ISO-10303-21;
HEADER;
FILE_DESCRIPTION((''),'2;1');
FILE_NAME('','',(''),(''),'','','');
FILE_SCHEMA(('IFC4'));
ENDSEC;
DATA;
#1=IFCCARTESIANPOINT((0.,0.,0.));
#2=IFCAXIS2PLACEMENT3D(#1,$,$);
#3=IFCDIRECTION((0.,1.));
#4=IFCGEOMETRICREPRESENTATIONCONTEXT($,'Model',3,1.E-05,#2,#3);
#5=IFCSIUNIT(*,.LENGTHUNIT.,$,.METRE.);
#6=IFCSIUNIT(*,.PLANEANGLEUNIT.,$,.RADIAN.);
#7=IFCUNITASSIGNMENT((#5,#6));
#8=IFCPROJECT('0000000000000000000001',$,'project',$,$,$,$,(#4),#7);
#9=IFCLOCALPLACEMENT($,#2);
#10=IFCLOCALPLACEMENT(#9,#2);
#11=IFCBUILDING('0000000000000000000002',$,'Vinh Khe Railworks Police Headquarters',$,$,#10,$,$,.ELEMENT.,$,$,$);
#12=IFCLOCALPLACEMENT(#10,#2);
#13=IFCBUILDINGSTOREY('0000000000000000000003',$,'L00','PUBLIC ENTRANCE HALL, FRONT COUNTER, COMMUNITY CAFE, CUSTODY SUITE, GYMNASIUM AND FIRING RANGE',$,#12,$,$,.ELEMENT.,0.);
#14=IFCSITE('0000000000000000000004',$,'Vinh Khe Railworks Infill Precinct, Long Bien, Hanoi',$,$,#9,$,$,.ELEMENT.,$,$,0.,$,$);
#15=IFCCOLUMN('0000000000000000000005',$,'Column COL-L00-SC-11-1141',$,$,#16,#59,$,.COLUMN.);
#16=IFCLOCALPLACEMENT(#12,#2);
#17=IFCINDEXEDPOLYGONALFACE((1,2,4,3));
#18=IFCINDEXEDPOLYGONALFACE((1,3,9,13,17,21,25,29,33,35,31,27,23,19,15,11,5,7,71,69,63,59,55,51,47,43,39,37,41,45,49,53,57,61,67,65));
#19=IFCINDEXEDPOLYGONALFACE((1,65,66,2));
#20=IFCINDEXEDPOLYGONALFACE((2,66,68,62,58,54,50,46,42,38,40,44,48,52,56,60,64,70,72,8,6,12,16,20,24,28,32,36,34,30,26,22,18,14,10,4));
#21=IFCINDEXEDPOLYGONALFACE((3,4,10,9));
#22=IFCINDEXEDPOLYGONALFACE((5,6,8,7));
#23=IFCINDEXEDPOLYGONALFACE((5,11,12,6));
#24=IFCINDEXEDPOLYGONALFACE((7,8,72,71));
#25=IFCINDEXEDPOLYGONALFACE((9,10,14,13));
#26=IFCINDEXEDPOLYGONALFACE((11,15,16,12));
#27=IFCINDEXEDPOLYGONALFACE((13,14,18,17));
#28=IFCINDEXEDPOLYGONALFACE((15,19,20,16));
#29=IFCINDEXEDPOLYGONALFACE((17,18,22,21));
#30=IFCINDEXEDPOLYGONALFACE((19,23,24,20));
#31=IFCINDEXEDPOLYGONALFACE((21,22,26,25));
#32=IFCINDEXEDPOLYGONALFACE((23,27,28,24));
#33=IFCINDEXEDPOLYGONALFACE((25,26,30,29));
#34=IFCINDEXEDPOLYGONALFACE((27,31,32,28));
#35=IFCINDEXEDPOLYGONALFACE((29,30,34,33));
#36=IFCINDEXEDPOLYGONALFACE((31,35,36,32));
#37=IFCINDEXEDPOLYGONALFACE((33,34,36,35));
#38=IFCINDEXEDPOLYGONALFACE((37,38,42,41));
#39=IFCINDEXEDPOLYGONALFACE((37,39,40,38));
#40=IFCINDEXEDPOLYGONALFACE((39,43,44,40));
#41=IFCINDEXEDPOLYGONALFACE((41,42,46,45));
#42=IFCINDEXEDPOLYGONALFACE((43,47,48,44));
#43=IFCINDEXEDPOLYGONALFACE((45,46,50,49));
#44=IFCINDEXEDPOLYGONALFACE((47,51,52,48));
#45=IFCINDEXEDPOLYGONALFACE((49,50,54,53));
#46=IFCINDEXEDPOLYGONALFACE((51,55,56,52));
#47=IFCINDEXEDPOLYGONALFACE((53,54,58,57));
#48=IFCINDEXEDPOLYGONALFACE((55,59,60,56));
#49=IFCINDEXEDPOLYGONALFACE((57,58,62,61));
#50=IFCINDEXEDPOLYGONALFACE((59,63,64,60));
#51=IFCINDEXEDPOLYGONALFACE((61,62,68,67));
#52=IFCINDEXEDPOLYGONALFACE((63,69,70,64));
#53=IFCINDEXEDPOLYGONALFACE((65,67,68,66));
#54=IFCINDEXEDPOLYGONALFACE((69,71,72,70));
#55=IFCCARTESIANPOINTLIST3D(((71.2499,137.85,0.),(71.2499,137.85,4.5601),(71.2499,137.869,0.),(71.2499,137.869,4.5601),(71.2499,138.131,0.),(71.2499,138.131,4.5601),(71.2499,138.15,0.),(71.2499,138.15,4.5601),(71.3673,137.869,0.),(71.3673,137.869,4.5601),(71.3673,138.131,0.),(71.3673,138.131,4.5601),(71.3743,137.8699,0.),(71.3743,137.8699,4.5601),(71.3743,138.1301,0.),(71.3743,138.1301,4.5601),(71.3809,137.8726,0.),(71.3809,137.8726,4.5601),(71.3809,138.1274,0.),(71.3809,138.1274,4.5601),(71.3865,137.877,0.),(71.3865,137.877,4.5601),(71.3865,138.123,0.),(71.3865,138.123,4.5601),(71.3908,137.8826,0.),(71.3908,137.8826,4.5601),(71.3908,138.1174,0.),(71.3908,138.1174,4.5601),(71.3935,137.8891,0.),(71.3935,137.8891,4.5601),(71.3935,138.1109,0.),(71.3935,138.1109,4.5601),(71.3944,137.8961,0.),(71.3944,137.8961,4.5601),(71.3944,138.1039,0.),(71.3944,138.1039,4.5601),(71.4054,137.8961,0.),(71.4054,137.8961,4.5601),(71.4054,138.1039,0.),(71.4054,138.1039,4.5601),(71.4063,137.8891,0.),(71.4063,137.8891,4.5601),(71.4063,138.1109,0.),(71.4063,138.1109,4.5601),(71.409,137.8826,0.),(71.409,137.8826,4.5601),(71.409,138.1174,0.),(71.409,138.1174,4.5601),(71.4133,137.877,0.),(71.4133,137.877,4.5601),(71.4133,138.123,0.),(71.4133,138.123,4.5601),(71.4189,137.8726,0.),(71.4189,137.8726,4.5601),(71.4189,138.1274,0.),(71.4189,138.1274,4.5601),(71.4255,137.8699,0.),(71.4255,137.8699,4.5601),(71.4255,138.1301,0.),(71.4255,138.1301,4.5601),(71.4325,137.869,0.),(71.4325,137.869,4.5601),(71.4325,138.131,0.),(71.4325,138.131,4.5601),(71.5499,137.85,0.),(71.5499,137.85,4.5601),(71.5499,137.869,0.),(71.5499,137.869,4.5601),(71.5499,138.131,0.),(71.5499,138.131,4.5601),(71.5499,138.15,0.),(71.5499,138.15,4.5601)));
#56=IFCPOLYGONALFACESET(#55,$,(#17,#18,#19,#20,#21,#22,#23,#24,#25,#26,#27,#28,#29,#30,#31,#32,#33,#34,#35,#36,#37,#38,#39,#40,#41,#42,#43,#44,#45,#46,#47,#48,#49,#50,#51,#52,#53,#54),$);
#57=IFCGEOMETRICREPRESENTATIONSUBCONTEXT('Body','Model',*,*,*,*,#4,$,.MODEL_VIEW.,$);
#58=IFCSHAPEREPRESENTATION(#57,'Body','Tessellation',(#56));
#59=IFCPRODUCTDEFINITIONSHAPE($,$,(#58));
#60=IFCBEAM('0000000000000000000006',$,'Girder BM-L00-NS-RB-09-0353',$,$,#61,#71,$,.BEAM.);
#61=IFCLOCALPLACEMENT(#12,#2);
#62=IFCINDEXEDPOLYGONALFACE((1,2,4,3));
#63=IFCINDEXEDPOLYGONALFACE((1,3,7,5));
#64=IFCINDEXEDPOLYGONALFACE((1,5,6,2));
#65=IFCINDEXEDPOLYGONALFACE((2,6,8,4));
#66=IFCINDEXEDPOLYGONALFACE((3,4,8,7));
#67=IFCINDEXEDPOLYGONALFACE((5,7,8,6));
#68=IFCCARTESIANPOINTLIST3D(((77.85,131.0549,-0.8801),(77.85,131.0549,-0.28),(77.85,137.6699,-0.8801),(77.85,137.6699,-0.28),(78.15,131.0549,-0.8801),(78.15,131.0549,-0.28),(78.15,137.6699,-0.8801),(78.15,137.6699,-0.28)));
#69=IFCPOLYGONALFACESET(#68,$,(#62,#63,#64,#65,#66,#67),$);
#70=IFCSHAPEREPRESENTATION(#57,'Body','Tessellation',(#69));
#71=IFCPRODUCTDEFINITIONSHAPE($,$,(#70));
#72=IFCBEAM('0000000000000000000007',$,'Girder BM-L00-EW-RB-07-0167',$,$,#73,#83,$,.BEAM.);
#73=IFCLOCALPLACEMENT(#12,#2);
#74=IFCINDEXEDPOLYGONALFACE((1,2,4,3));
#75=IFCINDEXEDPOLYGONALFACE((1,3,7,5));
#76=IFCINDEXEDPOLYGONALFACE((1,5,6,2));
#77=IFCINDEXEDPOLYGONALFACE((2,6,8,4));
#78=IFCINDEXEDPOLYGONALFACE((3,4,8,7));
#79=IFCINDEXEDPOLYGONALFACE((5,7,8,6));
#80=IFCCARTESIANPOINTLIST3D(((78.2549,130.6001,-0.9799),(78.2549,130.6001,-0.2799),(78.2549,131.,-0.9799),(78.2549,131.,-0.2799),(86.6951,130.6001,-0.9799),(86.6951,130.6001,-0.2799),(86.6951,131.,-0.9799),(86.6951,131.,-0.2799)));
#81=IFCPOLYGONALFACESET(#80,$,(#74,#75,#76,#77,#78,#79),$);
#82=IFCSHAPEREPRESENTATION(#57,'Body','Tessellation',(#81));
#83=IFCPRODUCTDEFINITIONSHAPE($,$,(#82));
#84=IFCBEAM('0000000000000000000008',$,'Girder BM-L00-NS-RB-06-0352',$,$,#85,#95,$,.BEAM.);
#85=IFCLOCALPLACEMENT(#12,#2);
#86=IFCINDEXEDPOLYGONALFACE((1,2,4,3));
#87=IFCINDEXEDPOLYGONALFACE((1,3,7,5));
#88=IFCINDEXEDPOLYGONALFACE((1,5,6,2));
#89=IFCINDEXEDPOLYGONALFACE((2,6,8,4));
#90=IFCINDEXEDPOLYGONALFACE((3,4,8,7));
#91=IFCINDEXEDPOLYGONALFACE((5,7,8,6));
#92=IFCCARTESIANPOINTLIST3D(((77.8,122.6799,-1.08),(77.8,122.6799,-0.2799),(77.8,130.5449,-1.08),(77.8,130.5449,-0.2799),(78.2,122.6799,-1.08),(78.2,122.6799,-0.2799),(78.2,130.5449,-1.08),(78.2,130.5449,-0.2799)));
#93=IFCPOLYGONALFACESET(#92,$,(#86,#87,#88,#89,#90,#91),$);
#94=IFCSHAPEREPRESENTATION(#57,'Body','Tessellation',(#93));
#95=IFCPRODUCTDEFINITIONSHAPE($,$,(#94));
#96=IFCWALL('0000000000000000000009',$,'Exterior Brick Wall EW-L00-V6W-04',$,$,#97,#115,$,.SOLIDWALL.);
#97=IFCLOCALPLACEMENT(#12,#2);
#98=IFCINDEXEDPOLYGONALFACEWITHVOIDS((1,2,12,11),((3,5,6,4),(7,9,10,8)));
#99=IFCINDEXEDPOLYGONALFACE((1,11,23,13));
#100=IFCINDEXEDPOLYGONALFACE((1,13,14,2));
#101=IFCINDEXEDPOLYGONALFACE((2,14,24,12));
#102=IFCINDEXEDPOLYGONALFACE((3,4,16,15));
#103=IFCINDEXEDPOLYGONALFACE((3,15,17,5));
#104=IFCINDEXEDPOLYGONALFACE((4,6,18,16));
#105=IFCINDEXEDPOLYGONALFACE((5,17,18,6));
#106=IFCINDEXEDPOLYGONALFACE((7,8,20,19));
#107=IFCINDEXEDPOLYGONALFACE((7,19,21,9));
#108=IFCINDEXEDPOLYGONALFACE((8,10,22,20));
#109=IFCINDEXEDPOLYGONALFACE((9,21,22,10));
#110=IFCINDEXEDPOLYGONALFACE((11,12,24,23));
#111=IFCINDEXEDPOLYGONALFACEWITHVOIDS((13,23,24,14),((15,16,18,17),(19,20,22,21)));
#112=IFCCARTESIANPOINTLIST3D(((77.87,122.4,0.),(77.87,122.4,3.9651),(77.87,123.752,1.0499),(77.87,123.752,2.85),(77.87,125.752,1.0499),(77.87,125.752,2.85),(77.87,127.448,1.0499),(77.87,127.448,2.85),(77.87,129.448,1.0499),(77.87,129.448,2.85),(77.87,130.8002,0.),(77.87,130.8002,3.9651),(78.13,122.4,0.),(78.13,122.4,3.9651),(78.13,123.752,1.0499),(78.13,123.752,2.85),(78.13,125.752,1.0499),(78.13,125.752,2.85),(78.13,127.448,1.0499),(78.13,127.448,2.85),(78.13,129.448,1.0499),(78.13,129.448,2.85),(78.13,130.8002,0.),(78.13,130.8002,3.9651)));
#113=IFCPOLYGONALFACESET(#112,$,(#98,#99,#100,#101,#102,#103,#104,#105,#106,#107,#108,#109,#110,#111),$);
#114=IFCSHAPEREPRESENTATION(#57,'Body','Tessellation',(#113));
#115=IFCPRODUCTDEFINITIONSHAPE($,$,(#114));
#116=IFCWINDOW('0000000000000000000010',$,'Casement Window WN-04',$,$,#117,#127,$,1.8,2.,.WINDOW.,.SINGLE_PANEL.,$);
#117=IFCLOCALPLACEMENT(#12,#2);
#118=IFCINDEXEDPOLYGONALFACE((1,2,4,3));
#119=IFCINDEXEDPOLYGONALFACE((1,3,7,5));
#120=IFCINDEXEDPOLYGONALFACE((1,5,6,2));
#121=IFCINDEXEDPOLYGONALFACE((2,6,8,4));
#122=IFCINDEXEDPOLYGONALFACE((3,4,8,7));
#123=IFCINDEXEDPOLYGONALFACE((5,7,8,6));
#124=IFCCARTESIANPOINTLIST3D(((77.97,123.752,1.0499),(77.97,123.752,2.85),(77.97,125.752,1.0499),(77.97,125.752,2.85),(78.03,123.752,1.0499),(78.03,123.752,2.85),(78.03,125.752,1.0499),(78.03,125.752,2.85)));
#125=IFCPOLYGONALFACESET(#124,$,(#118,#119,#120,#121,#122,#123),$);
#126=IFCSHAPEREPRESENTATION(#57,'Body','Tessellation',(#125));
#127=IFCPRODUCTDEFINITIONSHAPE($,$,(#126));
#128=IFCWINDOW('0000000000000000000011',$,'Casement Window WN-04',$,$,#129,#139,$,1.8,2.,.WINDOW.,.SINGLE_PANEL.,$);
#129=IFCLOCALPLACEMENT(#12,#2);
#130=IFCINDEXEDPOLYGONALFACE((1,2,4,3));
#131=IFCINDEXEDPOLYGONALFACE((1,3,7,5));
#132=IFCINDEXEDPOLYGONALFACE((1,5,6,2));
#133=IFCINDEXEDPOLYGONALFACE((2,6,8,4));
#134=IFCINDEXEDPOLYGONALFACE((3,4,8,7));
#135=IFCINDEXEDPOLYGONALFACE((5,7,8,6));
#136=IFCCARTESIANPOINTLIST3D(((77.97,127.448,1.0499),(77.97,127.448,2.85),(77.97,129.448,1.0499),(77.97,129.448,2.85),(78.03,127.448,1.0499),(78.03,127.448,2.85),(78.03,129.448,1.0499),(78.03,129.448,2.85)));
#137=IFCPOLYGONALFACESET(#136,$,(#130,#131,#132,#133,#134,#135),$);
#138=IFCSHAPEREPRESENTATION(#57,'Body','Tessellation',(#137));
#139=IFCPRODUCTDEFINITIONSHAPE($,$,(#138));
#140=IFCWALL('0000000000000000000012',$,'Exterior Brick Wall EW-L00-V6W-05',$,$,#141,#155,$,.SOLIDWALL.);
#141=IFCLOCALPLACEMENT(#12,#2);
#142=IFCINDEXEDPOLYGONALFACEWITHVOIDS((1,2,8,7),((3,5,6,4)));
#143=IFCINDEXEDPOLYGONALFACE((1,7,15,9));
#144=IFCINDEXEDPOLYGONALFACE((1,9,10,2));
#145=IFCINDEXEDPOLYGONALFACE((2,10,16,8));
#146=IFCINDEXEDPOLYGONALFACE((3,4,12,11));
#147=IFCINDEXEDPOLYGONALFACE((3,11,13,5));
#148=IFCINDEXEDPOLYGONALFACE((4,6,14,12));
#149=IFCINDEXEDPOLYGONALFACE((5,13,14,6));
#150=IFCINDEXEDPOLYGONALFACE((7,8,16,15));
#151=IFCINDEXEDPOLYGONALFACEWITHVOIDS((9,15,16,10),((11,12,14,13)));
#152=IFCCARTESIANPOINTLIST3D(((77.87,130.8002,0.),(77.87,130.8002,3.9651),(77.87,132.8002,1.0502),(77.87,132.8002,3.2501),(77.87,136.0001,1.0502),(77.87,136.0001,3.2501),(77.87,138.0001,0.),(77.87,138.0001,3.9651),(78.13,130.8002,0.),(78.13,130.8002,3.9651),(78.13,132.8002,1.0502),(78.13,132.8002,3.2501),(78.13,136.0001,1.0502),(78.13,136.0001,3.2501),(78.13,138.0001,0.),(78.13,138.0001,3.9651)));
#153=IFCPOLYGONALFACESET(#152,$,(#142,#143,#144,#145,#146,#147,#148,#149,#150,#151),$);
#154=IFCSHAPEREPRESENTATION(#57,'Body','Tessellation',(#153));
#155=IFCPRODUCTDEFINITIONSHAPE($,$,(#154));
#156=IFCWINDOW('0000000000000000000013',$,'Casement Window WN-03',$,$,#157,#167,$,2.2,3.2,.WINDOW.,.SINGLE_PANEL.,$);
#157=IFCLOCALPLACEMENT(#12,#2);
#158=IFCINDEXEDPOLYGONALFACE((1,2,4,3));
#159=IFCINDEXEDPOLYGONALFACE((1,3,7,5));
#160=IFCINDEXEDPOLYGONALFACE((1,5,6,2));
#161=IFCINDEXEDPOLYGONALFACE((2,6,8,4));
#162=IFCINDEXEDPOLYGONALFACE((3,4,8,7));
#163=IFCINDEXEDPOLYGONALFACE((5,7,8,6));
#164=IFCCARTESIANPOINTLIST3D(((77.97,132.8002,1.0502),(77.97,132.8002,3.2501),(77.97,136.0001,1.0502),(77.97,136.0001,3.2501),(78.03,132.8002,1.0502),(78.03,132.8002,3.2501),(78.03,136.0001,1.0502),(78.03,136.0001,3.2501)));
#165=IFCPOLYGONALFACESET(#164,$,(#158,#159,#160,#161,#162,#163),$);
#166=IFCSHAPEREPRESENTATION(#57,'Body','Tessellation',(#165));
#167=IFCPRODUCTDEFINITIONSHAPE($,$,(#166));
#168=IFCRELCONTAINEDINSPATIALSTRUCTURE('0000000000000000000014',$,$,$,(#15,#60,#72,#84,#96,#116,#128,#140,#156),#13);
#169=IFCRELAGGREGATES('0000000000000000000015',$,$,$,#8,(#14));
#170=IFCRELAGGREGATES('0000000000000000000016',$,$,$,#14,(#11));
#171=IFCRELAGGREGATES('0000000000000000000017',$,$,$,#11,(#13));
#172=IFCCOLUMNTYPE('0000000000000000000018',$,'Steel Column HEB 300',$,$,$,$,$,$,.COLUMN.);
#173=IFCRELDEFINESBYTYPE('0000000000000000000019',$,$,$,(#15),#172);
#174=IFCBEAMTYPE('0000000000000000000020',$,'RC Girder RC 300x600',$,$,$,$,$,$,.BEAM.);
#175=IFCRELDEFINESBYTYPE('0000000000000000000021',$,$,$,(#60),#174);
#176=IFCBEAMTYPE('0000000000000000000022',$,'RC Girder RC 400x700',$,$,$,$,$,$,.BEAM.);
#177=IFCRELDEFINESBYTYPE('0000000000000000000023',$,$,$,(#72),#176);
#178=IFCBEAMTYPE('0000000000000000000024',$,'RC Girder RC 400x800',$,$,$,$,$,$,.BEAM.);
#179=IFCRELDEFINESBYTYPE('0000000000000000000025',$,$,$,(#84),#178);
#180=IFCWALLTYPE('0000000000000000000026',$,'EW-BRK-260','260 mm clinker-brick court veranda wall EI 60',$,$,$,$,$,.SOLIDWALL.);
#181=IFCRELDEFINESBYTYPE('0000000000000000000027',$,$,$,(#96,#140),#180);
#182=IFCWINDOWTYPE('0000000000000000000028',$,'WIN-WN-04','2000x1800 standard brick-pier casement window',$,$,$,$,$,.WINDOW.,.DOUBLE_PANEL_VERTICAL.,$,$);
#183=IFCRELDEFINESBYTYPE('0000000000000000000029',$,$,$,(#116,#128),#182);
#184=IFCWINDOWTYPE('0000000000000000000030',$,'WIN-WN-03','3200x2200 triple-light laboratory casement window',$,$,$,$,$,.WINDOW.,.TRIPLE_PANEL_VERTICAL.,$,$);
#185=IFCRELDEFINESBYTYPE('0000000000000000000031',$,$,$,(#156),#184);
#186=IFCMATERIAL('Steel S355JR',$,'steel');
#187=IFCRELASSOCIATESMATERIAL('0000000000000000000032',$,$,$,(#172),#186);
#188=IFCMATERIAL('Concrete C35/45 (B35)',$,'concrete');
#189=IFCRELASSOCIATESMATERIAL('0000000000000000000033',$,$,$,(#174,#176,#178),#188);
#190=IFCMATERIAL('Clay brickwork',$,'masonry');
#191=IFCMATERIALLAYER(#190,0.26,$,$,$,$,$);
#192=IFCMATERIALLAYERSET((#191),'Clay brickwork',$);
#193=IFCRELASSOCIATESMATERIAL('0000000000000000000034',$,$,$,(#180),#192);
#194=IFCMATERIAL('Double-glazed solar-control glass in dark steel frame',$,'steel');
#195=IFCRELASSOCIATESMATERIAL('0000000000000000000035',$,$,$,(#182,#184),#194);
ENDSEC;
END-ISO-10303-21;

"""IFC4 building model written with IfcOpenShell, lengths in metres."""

from ifc_helpers import new_model, si_unit, direction, frame, frame_2d, origin, origin_2d, place, context, subcontext, project, spatial, rectangle, i_section, extrude, material, layer, layer_set, material_profile, profile_set, type_object, element, fill, save


model = new_model("IFC4")

# Units and contexts
model_context = context("Model", 3, precision=1e-05, world=origin(), true_north=direction((0.0, 1.0)))
body_context = subcontext(model_context, "Body", "Model", "MODEL_VIEW")
ifc_project = project(units=[si_unit("LENGTHUNIT", "METRE"), si_unit("PLANEANGLEUNIT", "RADIAN")], contexts=[model_context])

# Site, building, storey
site_placement = place(None, origin())
site = spatial("IfcSite", under=ifc_project, at=site_placement, Name="Vinh Khe Railworks Infill Precinct, Long Bien, Hanoi", CompositionType="ELEMENT", RefElevation=0.0)
building_placement = place(site_placement, origin())
building = spatial("IfcBuilding", under=site, at=building_placement, Name="Vinh Khe Railworks Police Headquarters", CompositionType="ELEMENT")
storey_placement = place(building_placement, origin())
storey = spatial("IfcBuildingStorey", under=building, at=storey_placement, Name="L00", Description="PUBLIC ENTRANCE HALL, FRONT COUNTER, COMMUNITY CAFE, CUSTODY SUITE, GYMNASIUM AND FIRING RANGE", CompositionType="ELEMENT", Elevation=0.0)

# Shared definitions
ifc_material_1 = material(Name="Concrete C35/45 (B35)", Category="concrete")

# Column
ifc_material_2 = material(Name="Steel S355JR", Category="steel")
ifc_material_profile_1 = material_profile(ifc_material_2, i_section(OverallWidth=0.3, OverallDepth=0.3, WebThickness=0.011, FlangeThickness=0.019, FilletRadius=0.0271, at=origin_2d()), Name="HEB 300")
ifc_profile_set_1 = profile_set([ifc_material_profile_1], Name="Steel S355JR")
column_type_1 = type_object("IfcColumnType", Name="Steel Column HEB 300", PredefinedType="COLUMN", material=ifc_profile_set_1)
column_1_placement = place(storey_placement, frame((71.3999, 138.0, 0.0), z_axis=(0.0, 0.0, 1.0), x_axis=(1.0, 0.0, 0.0)))
element("IfcColumn", 1, at=column_1_placement, inside=storey, type_object=column_type_1, Name="Column COL-L00-SC-11-1141", PredefinedType="COLUMN", context=body_context, shape_type="SweptSolid", body=[
    extrude(i_section(OverallWidth=0.3, OverallDepth=0.3, WebThickness=0.011, FlangeThickness=0.019, FilletRadius=0.0271, at=origin_2d()), origin(), (0.0, 0.0, 1.0), 4.5601),
])

# Beams
ifc_material_profile_2 = material_profile(ifc_material_1, rectangle(XDim=0.3, YDim=0.6001, at=origin_2d()), Name="RC 300x600")
ifc_profile_set_2 = profile_set([ifc_material_profile_2], Name="Concrete C35/45 (B35)")
beam_type_1 = type_object("IfcBeamType", Name="RC Girder RC 300x600", PredefinedType="BEAM", material=ifc_profile_set_2)
beam_1_placement = place(storey_placement, frame((78.0, 131.0549, -0.5801), z_axis=(0.0, 1.0, 0.0), x_axis=(-1.0, 0.0, 0.0)))
element("IfcBeam", 2, at=beam_1_placement, inside=storey, type_object=beam_type_1, Name="Girder BM-L00-NS-RB-09-0353", PredefinedType="BEAM", context=body_context, shape_type="SweptSolid", body=[
    extrude(rectangle(XDim=0.3, YDim=0.6001, at=origin_2d()), origin(), (0.0, 0.0, 1.0), 6.615),
])
ifc_material_profile_3 = material_profile(ifc_material_1, rectangle(XDim=0.3999, YDim=0.7, at=origin_2d()), Name="RC 400x700")
ifc_profile_set_3 = profile_set([ifc_material_profile_3], Name="Concrete C35/45 (B35)")
beam_type_2 = type_object("IfcBeamType", Name="RC Girder RC 400x700", PredefinedType="BEAM", material=ifc_profile_set_3)
beam_2_placement = place(storey_placement, frame((78.2549, 130.8, -0.6299), z_axis=(1.0, 0.0, 0.0), x_axis=(0.0, 1.0, 0.0)))
element("IfcBeam", 3, at=beam_2_placement, inside=storey, type_object=beam_type_2, Name="Girder BM-L00-EW-RB-07-0167", PredefinedType="BEAM", context=body_context, shape_type="SweptSolid", body=[
    extrude(rectangle(XDim=0.3999, YDim=0.7, at=origin_2d()), origin(), (0.0, 0.0, 1.0), 8.4402),
])
ifc_material_profile_4 = material_profile(ifc_material_1, rectangle(XDim=0.3999, YDim=0.8, at=origin_2d()), Name="RC 400x800")
ifc_profile_set_4 = profile_set([ifc_material_profile_4], Name="Concrete C35/45 (B35)")
beam_type_3 = type_object("IfcBeamType", Name="RC Girder RC 400x800", PredefinedType="BEAM", material=ifc_profile_set_4)
beam_3_placement = place(storey_placement, frame((78.0, 122.6799, -0.6799), z_axis=(0.0, 1.0, 0.0), x_axis=(-1.0, 0.0, 0.0)))
element("IfcBeam", 4, at=beam_3_placement, inside=storey, type_object=beam_type_3, Name="Girder BM-L00-NS-RB-06-0352", PredefinedType="BEAM", context=body_context, shape_type="SweptSolid", body=[
    extrude(rectangle(XDim=0.3999, YDim=0.8, at=origin_2d()), origin(), (0.0, 0.0, 1.0), 7.865),
])

# Wall, openings, windows
ifc_material_3 = material(Name="Clay brickwork", Category="masonry")
ifc_layer_1 = layer(ifc_material_3, 0.26)
ifc_layer_set_1 = layer_set([ifc_layer_1], Name="Clay brickwork")
wall_type_1 = type_object("IfcWallType", Name="EW-BRK-260", Description="260 mm clinker-brick court veranda wall EI 60", PredefinedType="SOLIDWALL", material=ifc_layer_set_1)
wall_1_placement = place(storey_placement, frame((78.0, 122.3999, 0.0), z_axis=(0.0, 0.0, 1.0), x_axis=(0.0, 1.0, 0.0)))
wall_1 = element("IfcWall", 5, at=wall_1_placement, inside=storey, type_object=wall_type_1, Name="Exterior Brick Wall EW-L00-V6W-04", PredefinedType="SOLIDWALL", context=body_context, shape_type="SweptSolid", body=[
    extrude(rectangle(XDim=8.4001, YDim=0.26, at=frame_2d((4.2002, 0.0))), origin(), (0.0, 0.0, 1.0), 3.9651),
])
opening_1_placement = place(wall_1_placement, frame((1.3521, 0.0, 1.05)))
opening_1 = element("IfcOpeningElement", 6, at=opening_1_placement, cuts=wall_1, PredefinedType="OPENING", context=body_context, shape_type="SweptSolid", body=[
    extrude(rectangle(XDim=2.0, YDim=1.8, at=frame_2d((1.0, 0.8999))), frame((0.0, 0.145, 0.0), z_axis=(0.0, -1.0, 0.0), x_axis=(1.0, 0.0, 0.0)), (0.0, 0.0, 1.0), 0.2898),
])
opening_2_placement = place(wall_1_placement, frame((5.0481, 0.0, 1.05)))
opening_2 = element("IfcOpeningElement", 7, at=opening_2_placement, cuts=wall_1, PredefinedType="OPENING", context=body_context, shape_type="SweptSolid", body=[
    extrude(rectangle(XDim=2.0, YDim=1.8, at=frame_2d((1.0, 0.8999))), frame((0.0, 0.145, 0.0), z_axis=(0.0, -1.0, 0.0), x_axis=(1.0, 0.0, 0.0)), (0.0, 0.0, 1.0), 0.2898),
])
ifc_material_4 = material(Name="Double-glazed solar-control glass in dark steel frame", Category="steel")
window_type_1 = type_object("IfcWindowType", Name="WIN-WN-04", Description="2000x1800 standard brick-pier casement window", PartitioningType="DOUBLE_PANEL_VERTICAL", PredefinedType="WINDOW", material=ifc_material_4)
window_1_placement = place(opening_1_placement, origin())
window_1 = element("IfcWindow", 8, at=window_1_placement, inside=storey, type_object=window_type_1, Name="Casement Window WN-04", OverallHeight=1.8, OverallWidth=2.0, PartitioningType="SINGLE_PANEL", PredefinedType="WINDOW", context=body_context, shape_type="SweptSolid", body=[
    extrude(rectangle(XDim=2.0, YDim=1.8, at=frame_2d((1.0, 0.8999))), frame((0.0, 0.03, 0.0), z_axis=(0.0, -1.0, 0.0), x_axis=(1.0, 0.0, 0.0)), (0.0, 0.0, 1.0), 0.0601),
])
fill(opening_1, window_1)
window_2_placement = place(opening_2_placement, origin())
window_2 = element("IfcWindow", 9, at=window_2_placement, inside=storey, type_object=window_type_1, Name="Casement Window WN-04", OverallHeight=1.8, OverallWidth=2.0, PartitioningType="SINGLE_PANEL", PredefinedType="WINDOW", context=body_context, shape_type="SweptSolid", body=[
    extrude(rectangle(XDim=2.0, YDim=1.8, at=frame_2d((1.0, 0.8999))), frame((0.0, 0.03, 0.0), z_axis=(0.0, -1.0, 0.0), x_axis=(1.0, 0.0, 0.0)), (0.0, 0.0, 1.0), 0.0601),
])
fill(opening_2, window_2)

# Wall, opening, window
wall_2_placement = place(storey_placement, frame((78.0, 130.8, 0.0), z_axis=(0.0, 0.0, 1.0), x_axis=(0.0, 1.0, 0.0)))
wall_2 = element("IfcWall", 10, at=wall_2_placement, inside=storey, type_object=wall_type_1, Name="Exterior Brick Wall EW-L00-V6W-05", PredefinedType="SOLIDWALL", context=body_context, shape_type="SweptSolid", body=[
    extrude(rectangle(XDim=7.2, YDim=0.26, at=frame_2d((3.6001, 0.0))), origin(), (0.0, 0.0, 1.0), 3.9651),
])
opening_3_placement = place(wall_2_placement, frame((2.0, 0.0, 1.05)))
opening_3 = element("IfcOpeningElement", 11, at=opening_3_placement, cuts=wall_2, PredefinedType="OPENING", context=body_context, shape_type="SweptSolid", body=[
    extrude(rectangle(XDim=3.2, YDim=2.2, at=frame_2d((1.6001, 1.1001))), frame((0.0, 0.145, 0.0), z_axis=(0.0, -1.0, 0.0), x_axis=(1.0, 0.0, 0.0)), (0.0, 0.0, 1.0), 0.2898),
])
window_type_2 = type_object("IfcWindowType", Name="WIN-WN-03", Description="3200x2200 triple-light laboratory casement window", PartitioningType="TRIPLE_PANEL_VERTICAL", PredefinedType="WINDOW", material=ifc_material_4)
window_3_placement = place(opening_3_placement, origin())
window_3 = element("IfcWindow", 12, at=window_3_placement, inside=storey, type_object=window_type_2, Name="Casement Window WN-03", OverallHeight=2.2, OverallWidth=3.2, PartitioningType="SINGLE_PANEL", PredefinedType="WINDOW", context=body_context, shape_type="SweptSolid", body=[
    extrude(rectangle(XDim=3.2, YDim=2.2, at=frame_2d((1.6001, 1.1001))), frame((0.0, 0.03, 0.0), z_axis=(0.0, -1.0, 0.0), x_axis=(1.0, 0.0, 0.0)), (0.0, 0.0, 1.0), 0.0601),
])
fill(opening_3, window_3)

save(model, "model.ifc")
